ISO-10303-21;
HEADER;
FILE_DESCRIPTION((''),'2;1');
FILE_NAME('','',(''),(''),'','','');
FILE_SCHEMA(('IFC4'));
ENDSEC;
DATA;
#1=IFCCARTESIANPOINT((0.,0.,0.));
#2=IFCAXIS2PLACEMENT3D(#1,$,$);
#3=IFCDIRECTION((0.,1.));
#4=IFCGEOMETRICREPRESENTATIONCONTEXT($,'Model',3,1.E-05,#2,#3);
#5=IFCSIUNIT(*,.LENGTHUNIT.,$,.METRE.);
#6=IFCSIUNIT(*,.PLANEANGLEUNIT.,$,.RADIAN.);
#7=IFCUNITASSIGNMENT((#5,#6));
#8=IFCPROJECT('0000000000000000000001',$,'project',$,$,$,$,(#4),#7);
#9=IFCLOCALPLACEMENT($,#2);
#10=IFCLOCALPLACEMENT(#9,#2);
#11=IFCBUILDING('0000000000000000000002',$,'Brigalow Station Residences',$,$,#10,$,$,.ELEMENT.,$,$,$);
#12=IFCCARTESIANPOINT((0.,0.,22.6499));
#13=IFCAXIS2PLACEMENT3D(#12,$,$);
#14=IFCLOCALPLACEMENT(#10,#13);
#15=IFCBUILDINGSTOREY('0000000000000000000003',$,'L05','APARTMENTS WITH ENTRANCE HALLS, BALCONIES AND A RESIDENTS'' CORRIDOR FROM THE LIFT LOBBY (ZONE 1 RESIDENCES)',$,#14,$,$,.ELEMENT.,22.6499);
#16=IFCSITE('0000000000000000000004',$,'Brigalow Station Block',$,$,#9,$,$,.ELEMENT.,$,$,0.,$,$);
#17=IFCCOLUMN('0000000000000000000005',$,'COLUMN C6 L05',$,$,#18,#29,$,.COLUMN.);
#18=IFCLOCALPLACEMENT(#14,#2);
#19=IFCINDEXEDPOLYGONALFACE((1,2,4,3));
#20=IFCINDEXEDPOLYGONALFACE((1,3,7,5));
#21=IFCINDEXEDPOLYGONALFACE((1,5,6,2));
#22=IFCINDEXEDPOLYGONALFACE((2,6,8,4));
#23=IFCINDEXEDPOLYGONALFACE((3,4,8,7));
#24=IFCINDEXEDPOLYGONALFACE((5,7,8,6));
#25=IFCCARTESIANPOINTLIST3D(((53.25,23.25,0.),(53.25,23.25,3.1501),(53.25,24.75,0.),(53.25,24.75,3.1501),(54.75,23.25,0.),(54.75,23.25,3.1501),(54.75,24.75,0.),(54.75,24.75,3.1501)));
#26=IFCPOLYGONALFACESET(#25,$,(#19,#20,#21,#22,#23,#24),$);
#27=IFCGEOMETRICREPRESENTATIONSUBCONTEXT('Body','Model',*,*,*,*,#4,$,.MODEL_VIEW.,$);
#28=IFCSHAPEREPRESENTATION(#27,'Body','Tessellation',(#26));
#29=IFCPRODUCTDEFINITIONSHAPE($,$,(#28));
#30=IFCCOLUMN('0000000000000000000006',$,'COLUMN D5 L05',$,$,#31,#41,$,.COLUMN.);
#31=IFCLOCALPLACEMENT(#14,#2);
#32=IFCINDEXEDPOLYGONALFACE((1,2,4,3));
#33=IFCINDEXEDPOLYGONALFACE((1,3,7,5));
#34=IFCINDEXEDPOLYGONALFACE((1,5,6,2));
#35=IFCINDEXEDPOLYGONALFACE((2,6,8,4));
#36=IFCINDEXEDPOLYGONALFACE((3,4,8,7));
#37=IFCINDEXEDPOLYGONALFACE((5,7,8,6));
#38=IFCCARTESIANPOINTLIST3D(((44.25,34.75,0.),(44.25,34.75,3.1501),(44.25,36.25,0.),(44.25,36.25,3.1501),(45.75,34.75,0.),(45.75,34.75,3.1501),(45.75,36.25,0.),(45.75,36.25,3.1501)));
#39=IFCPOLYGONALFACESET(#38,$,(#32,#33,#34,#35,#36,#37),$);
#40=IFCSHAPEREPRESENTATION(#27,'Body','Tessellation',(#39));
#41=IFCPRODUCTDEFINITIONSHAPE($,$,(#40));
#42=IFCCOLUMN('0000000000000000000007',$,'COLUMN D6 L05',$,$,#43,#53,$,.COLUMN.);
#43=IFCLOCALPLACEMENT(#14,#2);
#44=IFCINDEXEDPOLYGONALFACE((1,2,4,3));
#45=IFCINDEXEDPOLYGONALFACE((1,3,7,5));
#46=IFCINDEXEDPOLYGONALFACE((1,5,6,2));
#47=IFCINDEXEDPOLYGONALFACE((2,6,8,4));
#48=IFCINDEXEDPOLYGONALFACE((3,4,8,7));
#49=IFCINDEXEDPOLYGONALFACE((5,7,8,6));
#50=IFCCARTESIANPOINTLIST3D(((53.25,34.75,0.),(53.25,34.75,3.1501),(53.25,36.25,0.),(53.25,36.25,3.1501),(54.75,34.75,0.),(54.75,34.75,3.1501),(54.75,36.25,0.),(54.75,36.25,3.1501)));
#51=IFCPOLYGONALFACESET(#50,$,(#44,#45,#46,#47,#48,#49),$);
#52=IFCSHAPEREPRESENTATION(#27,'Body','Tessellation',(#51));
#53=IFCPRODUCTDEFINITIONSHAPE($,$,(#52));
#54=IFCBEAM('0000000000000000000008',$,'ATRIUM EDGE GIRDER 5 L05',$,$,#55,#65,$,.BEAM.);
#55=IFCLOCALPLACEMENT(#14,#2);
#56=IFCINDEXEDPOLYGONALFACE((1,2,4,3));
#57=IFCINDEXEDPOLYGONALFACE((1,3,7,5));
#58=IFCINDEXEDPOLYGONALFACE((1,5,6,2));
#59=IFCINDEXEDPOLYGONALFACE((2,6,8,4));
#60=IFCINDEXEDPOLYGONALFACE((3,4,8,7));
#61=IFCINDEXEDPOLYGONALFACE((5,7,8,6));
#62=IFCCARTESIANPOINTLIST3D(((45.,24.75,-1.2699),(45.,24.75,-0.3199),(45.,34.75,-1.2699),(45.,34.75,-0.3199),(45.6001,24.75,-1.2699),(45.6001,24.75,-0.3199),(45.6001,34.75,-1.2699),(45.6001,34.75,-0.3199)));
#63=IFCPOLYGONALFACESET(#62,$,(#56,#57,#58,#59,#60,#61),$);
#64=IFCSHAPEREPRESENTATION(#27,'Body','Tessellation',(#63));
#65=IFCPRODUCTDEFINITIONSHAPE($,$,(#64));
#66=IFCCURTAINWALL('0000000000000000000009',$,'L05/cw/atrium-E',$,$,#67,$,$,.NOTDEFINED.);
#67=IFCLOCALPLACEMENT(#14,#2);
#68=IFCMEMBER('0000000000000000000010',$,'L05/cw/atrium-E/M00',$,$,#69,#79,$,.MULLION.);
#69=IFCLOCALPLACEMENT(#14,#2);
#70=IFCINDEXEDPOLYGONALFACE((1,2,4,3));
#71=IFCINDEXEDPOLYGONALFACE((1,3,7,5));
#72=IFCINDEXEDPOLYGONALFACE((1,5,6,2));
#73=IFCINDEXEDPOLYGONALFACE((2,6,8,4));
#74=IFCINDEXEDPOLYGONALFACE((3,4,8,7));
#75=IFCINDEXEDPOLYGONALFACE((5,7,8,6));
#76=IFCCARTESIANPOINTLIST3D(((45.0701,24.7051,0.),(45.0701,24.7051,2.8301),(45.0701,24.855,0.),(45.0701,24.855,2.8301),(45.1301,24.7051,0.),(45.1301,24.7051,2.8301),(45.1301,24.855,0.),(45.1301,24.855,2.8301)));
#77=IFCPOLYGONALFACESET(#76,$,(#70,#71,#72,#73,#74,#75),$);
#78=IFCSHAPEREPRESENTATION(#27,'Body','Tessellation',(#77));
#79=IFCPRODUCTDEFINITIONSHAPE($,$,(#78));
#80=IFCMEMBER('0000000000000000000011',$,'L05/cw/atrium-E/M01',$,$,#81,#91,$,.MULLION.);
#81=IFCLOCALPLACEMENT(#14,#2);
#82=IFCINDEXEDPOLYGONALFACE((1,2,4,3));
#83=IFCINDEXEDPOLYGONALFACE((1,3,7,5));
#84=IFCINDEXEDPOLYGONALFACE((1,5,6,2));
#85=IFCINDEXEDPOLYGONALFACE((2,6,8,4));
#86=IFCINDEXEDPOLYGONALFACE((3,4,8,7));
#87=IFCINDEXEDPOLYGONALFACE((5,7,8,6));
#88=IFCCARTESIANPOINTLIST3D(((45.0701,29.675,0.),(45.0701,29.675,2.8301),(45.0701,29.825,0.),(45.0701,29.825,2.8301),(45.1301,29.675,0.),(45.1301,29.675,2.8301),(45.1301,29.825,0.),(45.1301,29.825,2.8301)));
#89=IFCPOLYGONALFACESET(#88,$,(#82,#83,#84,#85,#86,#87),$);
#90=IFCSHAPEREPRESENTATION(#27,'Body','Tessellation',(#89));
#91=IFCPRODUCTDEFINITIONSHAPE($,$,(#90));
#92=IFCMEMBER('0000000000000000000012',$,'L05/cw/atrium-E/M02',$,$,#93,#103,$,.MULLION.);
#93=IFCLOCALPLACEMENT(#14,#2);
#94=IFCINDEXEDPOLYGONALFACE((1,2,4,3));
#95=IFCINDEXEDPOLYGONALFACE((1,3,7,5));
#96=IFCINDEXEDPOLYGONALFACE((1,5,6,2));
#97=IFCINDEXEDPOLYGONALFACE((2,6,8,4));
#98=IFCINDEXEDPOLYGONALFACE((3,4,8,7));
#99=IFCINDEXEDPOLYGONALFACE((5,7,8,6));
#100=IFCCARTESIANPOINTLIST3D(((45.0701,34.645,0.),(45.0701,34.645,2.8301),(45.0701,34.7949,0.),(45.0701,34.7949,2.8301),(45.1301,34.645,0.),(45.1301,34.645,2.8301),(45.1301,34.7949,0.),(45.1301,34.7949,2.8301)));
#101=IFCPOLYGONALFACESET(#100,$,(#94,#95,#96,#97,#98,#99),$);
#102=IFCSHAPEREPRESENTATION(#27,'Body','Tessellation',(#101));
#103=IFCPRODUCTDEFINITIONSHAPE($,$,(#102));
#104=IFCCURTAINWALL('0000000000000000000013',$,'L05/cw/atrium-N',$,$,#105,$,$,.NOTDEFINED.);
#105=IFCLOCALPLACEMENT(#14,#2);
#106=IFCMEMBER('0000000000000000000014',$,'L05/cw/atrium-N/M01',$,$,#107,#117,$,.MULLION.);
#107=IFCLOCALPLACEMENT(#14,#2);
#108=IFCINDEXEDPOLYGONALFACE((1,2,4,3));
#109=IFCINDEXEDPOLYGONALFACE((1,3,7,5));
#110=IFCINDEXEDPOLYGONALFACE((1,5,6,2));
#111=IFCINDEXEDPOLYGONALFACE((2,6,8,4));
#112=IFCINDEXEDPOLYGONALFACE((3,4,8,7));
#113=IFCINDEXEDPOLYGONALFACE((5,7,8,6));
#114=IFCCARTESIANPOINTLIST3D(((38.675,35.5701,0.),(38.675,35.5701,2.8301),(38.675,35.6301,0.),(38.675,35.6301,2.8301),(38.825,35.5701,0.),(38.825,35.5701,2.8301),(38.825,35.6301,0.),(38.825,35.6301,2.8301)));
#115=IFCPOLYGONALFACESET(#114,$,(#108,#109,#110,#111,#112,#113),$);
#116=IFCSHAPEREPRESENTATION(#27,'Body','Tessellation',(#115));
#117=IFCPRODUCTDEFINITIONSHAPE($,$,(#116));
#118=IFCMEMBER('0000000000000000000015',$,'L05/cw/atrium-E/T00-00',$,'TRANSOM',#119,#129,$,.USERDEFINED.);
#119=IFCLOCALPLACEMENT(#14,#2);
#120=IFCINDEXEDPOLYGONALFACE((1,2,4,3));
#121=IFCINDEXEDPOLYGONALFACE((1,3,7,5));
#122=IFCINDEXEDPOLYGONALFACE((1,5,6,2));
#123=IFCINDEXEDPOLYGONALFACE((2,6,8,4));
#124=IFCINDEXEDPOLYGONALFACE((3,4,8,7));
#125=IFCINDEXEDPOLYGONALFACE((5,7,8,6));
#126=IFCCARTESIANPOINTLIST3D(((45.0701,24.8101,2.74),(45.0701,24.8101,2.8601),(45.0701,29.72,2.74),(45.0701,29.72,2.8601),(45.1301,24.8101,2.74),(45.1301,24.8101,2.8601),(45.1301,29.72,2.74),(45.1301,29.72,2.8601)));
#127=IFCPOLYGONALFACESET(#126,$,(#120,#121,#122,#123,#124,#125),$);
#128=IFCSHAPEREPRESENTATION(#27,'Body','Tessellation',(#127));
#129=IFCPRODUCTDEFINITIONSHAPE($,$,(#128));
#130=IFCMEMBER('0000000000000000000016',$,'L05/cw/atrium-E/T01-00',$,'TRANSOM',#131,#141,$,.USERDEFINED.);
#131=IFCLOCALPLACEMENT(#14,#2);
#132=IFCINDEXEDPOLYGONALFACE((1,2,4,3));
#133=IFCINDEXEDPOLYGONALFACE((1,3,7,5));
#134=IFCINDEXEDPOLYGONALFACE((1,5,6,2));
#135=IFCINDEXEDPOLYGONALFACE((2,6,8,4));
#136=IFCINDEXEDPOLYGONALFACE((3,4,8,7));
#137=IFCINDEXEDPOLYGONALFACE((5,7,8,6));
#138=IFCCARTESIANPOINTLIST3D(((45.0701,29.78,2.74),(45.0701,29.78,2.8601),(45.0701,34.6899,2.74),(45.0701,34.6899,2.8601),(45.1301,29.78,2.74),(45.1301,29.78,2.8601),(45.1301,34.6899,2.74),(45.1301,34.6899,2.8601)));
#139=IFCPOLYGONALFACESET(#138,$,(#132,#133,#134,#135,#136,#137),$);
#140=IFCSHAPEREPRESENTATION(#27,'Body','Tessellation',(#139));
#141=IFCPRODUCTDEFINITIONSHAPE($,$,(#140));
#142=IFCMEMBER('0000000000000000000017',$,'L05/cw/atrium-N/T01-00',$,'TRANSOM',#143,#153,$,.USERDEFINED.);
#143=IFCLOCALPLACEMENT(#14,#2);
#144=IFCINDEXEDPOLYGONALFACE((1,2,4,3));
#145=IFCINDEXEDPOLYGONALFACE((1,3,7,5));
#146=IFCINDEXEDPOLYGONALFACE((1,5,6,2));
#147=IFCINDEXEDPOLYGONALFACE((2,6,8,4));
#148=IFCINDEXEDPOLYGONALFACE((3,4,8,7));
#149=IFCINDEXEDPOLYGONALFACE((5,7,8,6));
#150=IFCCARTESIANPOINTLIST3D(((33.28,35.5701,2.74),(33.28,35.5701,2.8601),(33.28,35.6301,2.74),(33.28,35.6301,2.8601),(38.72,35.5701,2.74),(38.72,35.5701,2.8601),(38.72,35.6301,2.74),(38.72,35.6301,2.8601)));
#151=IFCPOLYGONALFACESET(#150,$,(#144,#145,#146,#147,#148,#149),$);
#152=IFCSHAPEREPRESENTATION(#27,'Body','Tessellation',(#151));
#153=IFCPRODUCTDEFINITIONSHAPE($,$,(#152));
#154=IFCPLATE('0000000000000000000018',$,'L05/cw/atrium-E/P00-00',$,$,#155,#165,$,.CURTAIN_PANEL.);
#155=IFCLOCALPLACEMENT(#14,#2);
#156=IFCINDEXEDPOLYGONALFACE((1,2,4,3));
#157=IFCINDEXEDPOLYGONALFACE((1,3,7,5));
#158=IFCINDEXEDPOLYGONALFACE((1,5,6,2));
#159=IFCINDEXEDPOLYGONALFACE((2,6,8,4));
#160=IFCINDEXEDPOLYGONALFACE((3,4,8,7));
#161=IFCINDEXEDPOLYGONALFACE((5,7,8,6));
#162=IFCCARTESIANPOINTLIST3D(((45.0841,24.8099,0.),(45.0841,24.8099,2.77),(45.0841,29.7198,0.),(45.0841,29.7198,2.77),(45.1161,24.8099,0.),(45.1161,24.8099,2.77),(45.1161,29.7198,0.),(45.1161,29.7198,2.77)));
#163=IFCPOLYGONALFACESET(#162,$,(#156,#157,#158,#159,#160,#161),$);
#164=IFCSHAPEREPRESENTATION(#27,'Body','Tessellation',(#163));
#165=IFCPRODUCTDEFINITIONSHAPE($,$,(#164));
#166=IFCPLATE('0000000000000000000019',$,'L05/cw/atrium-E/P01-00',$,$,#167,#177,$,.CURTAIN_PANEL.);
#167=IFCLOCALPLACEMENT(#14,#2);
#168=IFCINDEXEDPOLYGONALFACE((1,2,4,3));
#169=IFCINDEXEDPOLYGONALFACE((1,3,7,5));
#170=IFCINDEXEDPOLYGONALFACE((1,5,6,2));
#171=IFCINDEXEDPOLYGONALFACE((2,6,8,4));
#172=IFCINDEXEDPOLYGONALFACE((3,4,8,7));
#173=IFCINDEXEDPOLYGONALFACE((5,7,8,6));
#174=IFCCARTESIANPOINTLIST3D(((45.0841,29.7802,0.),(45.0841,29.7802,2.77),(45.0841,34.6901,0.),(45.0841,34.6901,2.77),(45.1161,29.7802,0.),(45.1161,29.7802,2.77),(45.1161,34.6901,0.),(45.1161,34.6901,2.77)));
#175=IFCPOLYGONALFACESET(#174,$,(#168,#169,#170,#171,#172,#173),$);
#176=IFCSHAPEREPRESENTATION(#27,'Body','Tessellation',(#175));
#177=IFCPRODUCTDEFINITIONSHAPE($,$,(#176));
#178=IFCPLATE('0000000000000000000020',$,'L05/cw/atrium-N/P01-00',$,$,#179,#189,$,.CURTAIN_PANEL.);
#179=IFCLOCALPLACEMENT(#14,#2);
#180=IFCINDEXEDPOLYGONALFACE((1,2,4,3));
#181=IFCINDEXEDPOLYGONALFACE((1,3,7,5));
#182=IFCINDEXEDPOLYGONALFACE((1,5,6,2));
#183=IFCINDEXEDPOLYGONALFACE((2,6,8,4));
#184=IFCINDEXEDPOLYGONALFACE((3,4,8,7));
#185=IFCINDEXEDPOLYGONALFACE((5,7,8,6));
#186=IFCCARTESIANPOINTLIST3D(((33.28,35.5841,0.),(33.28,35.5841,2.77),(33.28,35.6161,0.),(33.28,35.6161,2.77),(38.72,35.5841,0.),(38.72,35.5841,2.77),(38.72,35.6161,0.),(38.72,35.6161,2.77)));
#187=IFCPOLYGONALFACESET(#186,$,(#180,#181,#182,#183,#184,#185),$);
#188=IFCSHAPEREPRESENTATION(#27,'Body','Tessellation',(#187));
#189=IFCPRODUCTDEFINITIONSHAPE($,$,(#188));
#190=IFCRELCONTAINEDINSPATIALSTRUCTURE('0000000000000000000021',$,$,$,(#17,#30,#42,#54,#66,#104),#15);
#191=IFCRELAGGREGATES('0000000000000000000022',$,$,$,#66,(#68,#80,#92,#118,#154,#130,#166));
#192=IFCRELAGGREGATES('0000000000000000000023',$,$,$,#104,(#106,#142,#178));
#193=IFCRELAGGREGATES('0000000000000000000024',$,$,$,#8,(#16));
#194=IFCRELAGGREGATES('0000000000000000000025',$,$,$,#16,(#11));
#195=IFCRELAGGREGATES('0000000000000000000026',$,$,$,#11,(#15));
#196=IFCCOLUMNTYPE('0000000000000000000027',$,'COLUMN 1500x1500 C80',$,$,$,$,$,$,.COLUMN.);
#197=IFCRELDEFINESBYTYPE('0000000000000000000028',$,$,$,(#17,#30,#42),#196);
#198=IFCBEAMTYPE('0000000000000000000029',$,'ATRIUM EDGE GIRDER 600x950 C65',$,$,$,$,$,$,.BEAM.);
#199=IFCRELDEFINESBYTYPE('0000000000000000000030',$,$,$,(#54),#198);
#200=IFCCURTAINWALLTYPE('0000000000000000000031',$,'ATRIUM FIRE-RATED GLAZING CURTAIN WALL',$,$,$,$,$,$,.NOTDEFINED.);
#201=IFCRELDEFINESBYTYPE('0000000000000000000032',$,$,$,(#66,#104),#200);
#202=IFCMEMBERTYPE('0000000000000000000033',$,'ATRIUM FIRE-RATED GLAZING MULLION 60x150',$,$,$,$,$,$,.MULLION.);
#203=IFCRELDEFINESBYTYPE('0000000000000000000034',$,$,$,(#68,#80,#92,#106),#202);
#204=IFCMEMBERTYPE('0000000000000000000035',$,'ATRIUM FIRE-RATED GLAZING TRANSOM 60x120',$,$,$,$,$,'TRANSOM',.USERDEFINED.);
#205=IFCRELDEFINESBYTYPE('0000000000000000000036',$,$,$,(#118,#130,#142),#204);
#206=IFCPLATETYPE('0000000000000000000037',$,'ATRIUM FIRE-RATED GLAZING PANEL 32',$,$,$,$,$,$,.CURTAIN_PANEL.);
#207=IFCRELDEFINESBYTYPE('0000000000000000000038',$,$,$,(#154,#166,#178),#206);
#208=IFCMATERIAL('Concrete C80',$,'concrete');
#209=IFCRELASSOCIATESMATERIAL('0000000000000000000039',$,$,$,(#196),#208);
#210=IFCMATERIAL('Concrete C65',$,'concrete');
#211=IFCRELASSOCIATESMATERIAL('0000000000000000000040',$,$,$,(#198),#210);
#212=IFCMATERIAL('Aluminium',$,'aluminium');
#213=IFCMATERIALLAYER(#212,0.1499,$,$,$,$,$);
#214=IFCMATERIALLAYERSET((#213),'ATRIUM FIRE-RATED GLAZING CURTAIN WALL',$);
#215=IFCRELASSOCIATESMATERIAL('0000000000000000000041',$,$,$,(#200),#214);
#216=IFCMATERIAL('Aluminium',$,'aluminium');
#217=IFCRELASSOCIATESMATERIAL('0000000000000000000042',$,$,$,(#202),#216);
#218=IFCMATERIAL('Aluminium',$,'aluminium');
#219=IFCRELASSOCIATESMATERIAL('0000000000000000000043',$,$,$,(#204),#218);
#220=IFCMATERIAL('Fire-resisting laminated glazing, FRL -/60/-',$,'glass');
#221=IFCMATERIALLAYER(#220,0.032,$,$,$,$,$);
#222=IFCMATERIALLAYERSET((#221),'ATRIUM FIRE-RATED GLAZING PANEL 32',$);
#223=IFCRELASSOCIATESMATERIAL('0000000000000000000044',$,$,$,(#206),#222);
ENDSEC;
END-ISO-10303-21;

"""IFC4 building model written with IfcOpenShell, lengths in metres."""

from ifc_helpers import new_model, si_unit, direction, frame, origin, origin_2d, place, context, subcontext, project, spatial, rectangle, extrude, material, layer, layer_set, material_profile, profile_set, type_object, element, aggregate, save


model = new_model("IFC4")

# Units and contexts
model_context = context("Model", 3, precision=1e-05, world=origin(), true_north=direction((0.0, 1.0)))
body_context = subcontext(model_context, "Body", "Model", "MODEL_VIEW")
ifc_project = project(units=[si_unit("LENGTHUNIT", "METRE"), si_unit("PLANEANGLEUNIT", "RADIAN")], contexts=[model_context])

# Site, building, storey
site_placement = place(None, origin())
site = spatial("IfcSite", under=ifc_project, at=site_placement, Name="Brigalow Station Block", CompositionType="ELEMENT", RefElevation=0.0)
building_placement = place(site_placement, origin())
building = spatial("IfcBuilding", under=site, at=building_placement, Name="Brigalow Station Residences", CompositionType="ELEMENT")
storey_placement = place(building_placement, frame((0.0, 0.0, 22.6499)))
storey = spatial("IfcBuildingStorey", under=building, at=storey_placement, Name="L05", Description="APARTMENTS WITH ENTRANCE HALLS, BALCONIES AND A RESIDENTS' CORRIDOR FROM THE LIFT LOBBY (ZONE 1 RESIDENCES)", CompositionType="ELEMENT", Elevation=22.6499)

# Columns
ifc_material_1 = material(Name="Concrete C80", Category="concrete")
ifc_material_profile_1 = material_profile(ifc_material_1, rectangle(XDim=1.5, YDim=1.5, at=origin_2d()), Name="RC1500x1500")
ifc_profile_set_1 = profile_set([ifc_material_profile_1], Name="Concrete C80")
column_type = type_object("IfcColumnType", Name="COLUMN 1500x1500 C80", PredefinedType="COLUMN", material=ifc_profile_set_1)
for number, where, z_axis, x_axis, name in (
    (1, (54.0, 24.0, 0.0), (0.0, 0.0, 1.0), (1.0, 0.0, 0.0), "COLUMN C6 L05"),
    (2, (45.0, 35.5, 0.0), (0.0, 0.0, 1.0), (1.0, 0.0, 0.0), "COLUMN D5 L05"),
    (3, (54.0, 35.5, 0.0), (0.0, 0.0, 1.0), (1.0, 0.0, 0.0), "COLUMN D6 L05"),
):
    element("IfcColumn", number, at=place(storey_placement, frame(where, z_axis=z_axis, x_axis=x_axis)), inside=storey, type_object=column_type, Name=name, PredefinedType="COLUMN", context=body_context, shape_type="SweptSolid", body=[
        extrude(rectangle(XDim=1.5, YDim=1.5, at=origin_2d()), origin(), (0.0, 0.0, 1.0), 3.1501),
    ])

# Beam
ifc_material_2 = material(Name="Concrete C65", Category="concrete")
ifc_material_profile_2 = material_profile(ifc_material_2, rectangle(XDim=0.6001, YDim=0.95, at=origin_2d()), Name="RC600x950")
ifc_profile_set_2 = profile_set([ifc_material_profile_2], Name="Concrete C65")
beam_type = type_object("IfcBeamType", Name="ATRIUM EDGE GIRDER 600x950 C65", PredefinedType="BEAM", material=ifc_profile_set_2)
beam_placement = place(storey_placement, frame((45.3, 24.75, -0.7949), z_axis=(0.0, 1.0, 0.0), x_axis=(-1.0, 0.0, 0.0)))
element("IfcBeam", 4, at=beam_placement, inside=storey, type_object=beam_type, Name="ATRIUM EDGE GIRDER 5 L05", PredefinedType="BEAM", context=body_context, shape_type="SweptSolid", body=[
    extrude(rectangle(XDim=0.6001, YDim=0.95, at=origin_2d()), origin(), (0.0, 0.0, 1.0), 10.0),
])

# Curtain wall, members
ifc_material_3 = material(Name="Aluminium", Category="aluminium")
ifc_layer_1 = layer(ifc_material_3, 0.1499)
ifc_layer_set_1 = layer_set([ifc_layer_1], Name="ATRIUM FIRE-RATED GLAZING CURTAIN WALL")
curtain_wall_type = type_object("IfcCurtainWallType", Name="ATRIUM FIRE-RATED GLAZING CURTAIN WALL", PredefinedType="NOTDEFINED", material=ifc_layer_set_1)
curtain_wall_1_placement = place(storey_placement, origin())
curtain_wall_1 = element("IfcCurtainWall", 5, at=curtain_wall_1_placement, inside=storey, type_object=curtain_wall_type, Name="L05/cw/atrium-E", PredefinedType="NOTDEFINED")
ifc_material_4 = material(Name="Aluminium", Category="aluminium")
ifc_material_profile_3 = material_profile(ifc_material_4, rectangle(XDim=0.0601, YDim=0.1499, at=origin_2d()), Name="ATRIUM FIRE-RATED GLAZING MULLION 60x150")
ifc_profile_set_3 = profile_set([ifc_material_profile_3], Name="Aluminium")
member_type_1 = type_object("IfcMemberType", Name="ATRIUM FIRE-RATED GLAZING MULLION 60x150", PredefinedType="MULLION", material=ifc_profile_set_3)
member_1_placement = place(storey_placement, frame((45.1001, 24.78, 0.0), z_axis=(0.0, 0.0, 1.0), x_axis=(-1.0, 0.0, 0.0)))
member_1 = element("IfcMember", 6, at=member_1_placement, type_object=member_type_1, Name="L05/cw/atrium-E/M00", PredefinedType="MULLION", context=body_context, shape_type="SweptSolid", body=[
    extrude(rectangle(XDim=0.0601, YDim=0.1499, at=origin_2d()), origin(), (0.0, 0.0, 1.0), 2.8301),
])
member_2_placement = place(storey_placement, frame((45.1001, 29.75, 0.0), z_axis=(0.0, 0.0, 1.0), x_axis=(-1.0, 0.0, 0.0)))
member_2 = element("IfcMember", 7, at=member_2_placement, type_object=member_type_1, Name="L05/cw/atrium-E/M01", PredefinedType="MULLION", context=body_context, shape_type="SweptSolid", body=[
    extrude(rectangle(XDim=0.0601, YDim=0.1499, at=origin_2d()), origin(), (0.0, 0.0, 1.0), 2.8301),
])
member_3_placement = place(storey_placement, frame((45.1001, 34.72, 0.0), z_axis=(0.0, 0.0, 1.0), x_axis=(-1.0, 0.0, 0.0)))
member_3 = element("IfcMember", 8, at=member_3_placement, type_object=member_type_1, Name="L05/cw/atrium-E/M02", PredefinedType="MULLION", context=body_context, shape_type="SweptSolid", body=[
    extrude(rectangle(XDim=0.0601, YDim=0.1499, at=origin_2d()), origin(), (0.0, 0.0, 1.0), 2.8301),
])

# Curtain wall, member
curtain_wall_2_placement = place(storey_placement, origin())
curtain_wall_2 = element("IfcCurtainWall", 9, at=curtain_wall_2_placement, inside=storey, type_object=curtain_wall_type, Name="L05/cw/atrium-N", PredefinedType="NOTDEFINED")
member_4_placement = place(storey_placement, frame((38.75, 35.6001, 0.0), z_axis=(0.0, 0.0, 1.0), x_axis=(0.0, -1.0, 0.0)))
member_4 = element("IfcMember", 10, at=member_4_placement, type_object=member_type_1, Name="L05/cw/atrium-N/M01", PredefinedType="MULLION", context=body_context, shape_type="SweptSolid", body=[
    extrude(rectangle(XDim=0.0601, YDim=0.1499, at=origin_2d()), origin(), (0.0, 0.0, 1.0), 2.8301),
])

# Members
ifc_material_5 = material(Name="Aluminium", Category="aluminium")
ifc_material_profile_4 = material_profile(ifc_material_5, rectangle(XDim=0.0601, YDim=0.1201, at=origin_2d()), Name="ATRIUM FIRE-RATED GLAZING TRANSOM 60x120")
ifc_profile_set_4 = profile_set([ifc_material_profile_4], Name="Aluminium")
member_type_2 = type_object("IfcMemberType", Name="ATRIUM FIRE-RATED GLAZING TRANSOM 60x120", ElementType="TRANSOM", PredefinedType="USERDEFINED", material=ifc_profile_set_4)
member_5_placement = place(storey_placement, frame((45.1001, 24.8101, 2.8), z_axis=(0.0, 1.0, 0.0), x_axis=(-1.0, 0.0, 0.0)))
member_5 = element("IfcMember", 11, at=member_5_placement, type_object=member_type_2, Name="L05/cw/atrium-E/T00-00", ObjectType="TRANSOM", PredefinedType="USERDEFINED", context=body_context, shape_type="SweptSolid", body=[
    extrude(rectangle(XDim=0.0601, YDim=0.1201, at=origin_2d()), origin(), (0.0, 0.0, 1.0), 4.9099),
])
member_6_placement = place(storey_placement, frame((45.1001, 29.78, 2.8), z_axis=(0.0, 1.0, 0.0), x_axis=(-1.0, 0.0, 0.0)))
member_6 = element("IfcMember", 12, at=member_6_placement, type_object=member_type_2, Name="L05/cw/atrium-E/T01-00", ObjectType="TRANSOM", PredefinedType="USERDEFINED", context=body_context, shape_type="SweptSolid", body=[
    extrude(rectangle(XDim=0.0601, YDim=0.1201, at=origin_2d()), origin(), (0.0, 0.0, 1.0), 4.9099),
])
member_7_placement = place(storey_placement, frame((38.72, 35.6001, 2.8), z_axis=(-1.0, 0.0, 0.0), x_axis=(0.0, -1.0, 0.0)))
member_7 = element("IfcMember", 13, at=member_7_placement, type_object=member_type_2, Name="L05/cw/atrium-N/T01-00", ObjectType="TRANSOM", PredefinedType="USERDEFINED", context=body_context, shape_type="SweptSolid", body=[
    extrude(rectangle(XDim=0.0601, YDim=0.1201, at=origin_2d()), origin(), (0.0, 0.0, 1.0), 5.4399),
])

# Plates
ifc_material_6 = material(Name="Fire-resisting laminated glazing, FRL -/60/-", Category="glass")
ifc_layer_2 = layer(ifc_material_6, 0.032)
ifc_layer_set_2 = layer_set([ifc_layer_2], Name="ATRIUM FIRE-RATED GLAZING PANEL 32")
plate_type = type_object("IfcPlateType", Name="ATRIUM FIRE-RATED GLAZING PANEL 32", PredefinedType="CURTAIN_PANEL", material=ifc_layer_set_2)
plate_1_placement = place(storey_placement, frame((45.1001, 27.2649, 0.0), z_axis=(0.0, 0.0, 1.0), x_axis=(0.0, 1.0, 0.0)))
plate_1 = element("IfcPlate", 14, at=plate_1_placement, type_object=plate_type, Name="L05/cw/atrium-E/P00-00", PredefinedType="CURTAIN_PANEL", context=body_context, shape_type="SweptSolid", body=[
    extrude(rectangle(XDim=4.9099, YDim=0.032, at=origin_2d()), origin(), (0.0, 0.0, 1.0), 2.77),
])
plate_2_placement = place(storey_placement, frame((45.1001, 32.2351, 0.0), z_axis=(0.0, 0.0, 1.0), x_axis=(0.0, 1.0, 0.0)))
plate_2 = element("IfcPlate", 15, at=plate_2_placement, type_object=plate_type, Name="L05/cw/atrium-E/P01-00", PredefinedType="CURTAIN_PANEL", context=body_context, shape_type="SweptSolid", body=[
    extrude(rectangle(XDim=4.9099, YDim=0.032, at=origin_2d()), origin(), (0.0, 0.0, 1.0), 2.77),
])
aggregate(curtain_wall_1, [member_1, member_2, member_3, member_5, plate_1, member_6, plate_2])
plate_3_placement = place(storey_placement, frame((36.0, 35.6001, 0.0), z_axis=(0.0, 0.0, 1.0), x_axis=(-1.0, 0.0, 0.0)))
plate_3 = element("IfcPlate", 16, at=plate_3_placement, type_object=plate_type, Name="L05/cw/atrium-N/P01-00", PredefinedType="CURTAIN_PANEL", context=body_context, shape_type="SweptSolid", body=[
    extrude(rectangle(XDim=5.4399, YDim=0.032, at=origin_2d()), origin(), (0.0, 0.0, 1.0), 2.77),
])
aggregate(curtain_wall_2, [member_4, member_7, plate_3])

save(model, "model.ifc")
